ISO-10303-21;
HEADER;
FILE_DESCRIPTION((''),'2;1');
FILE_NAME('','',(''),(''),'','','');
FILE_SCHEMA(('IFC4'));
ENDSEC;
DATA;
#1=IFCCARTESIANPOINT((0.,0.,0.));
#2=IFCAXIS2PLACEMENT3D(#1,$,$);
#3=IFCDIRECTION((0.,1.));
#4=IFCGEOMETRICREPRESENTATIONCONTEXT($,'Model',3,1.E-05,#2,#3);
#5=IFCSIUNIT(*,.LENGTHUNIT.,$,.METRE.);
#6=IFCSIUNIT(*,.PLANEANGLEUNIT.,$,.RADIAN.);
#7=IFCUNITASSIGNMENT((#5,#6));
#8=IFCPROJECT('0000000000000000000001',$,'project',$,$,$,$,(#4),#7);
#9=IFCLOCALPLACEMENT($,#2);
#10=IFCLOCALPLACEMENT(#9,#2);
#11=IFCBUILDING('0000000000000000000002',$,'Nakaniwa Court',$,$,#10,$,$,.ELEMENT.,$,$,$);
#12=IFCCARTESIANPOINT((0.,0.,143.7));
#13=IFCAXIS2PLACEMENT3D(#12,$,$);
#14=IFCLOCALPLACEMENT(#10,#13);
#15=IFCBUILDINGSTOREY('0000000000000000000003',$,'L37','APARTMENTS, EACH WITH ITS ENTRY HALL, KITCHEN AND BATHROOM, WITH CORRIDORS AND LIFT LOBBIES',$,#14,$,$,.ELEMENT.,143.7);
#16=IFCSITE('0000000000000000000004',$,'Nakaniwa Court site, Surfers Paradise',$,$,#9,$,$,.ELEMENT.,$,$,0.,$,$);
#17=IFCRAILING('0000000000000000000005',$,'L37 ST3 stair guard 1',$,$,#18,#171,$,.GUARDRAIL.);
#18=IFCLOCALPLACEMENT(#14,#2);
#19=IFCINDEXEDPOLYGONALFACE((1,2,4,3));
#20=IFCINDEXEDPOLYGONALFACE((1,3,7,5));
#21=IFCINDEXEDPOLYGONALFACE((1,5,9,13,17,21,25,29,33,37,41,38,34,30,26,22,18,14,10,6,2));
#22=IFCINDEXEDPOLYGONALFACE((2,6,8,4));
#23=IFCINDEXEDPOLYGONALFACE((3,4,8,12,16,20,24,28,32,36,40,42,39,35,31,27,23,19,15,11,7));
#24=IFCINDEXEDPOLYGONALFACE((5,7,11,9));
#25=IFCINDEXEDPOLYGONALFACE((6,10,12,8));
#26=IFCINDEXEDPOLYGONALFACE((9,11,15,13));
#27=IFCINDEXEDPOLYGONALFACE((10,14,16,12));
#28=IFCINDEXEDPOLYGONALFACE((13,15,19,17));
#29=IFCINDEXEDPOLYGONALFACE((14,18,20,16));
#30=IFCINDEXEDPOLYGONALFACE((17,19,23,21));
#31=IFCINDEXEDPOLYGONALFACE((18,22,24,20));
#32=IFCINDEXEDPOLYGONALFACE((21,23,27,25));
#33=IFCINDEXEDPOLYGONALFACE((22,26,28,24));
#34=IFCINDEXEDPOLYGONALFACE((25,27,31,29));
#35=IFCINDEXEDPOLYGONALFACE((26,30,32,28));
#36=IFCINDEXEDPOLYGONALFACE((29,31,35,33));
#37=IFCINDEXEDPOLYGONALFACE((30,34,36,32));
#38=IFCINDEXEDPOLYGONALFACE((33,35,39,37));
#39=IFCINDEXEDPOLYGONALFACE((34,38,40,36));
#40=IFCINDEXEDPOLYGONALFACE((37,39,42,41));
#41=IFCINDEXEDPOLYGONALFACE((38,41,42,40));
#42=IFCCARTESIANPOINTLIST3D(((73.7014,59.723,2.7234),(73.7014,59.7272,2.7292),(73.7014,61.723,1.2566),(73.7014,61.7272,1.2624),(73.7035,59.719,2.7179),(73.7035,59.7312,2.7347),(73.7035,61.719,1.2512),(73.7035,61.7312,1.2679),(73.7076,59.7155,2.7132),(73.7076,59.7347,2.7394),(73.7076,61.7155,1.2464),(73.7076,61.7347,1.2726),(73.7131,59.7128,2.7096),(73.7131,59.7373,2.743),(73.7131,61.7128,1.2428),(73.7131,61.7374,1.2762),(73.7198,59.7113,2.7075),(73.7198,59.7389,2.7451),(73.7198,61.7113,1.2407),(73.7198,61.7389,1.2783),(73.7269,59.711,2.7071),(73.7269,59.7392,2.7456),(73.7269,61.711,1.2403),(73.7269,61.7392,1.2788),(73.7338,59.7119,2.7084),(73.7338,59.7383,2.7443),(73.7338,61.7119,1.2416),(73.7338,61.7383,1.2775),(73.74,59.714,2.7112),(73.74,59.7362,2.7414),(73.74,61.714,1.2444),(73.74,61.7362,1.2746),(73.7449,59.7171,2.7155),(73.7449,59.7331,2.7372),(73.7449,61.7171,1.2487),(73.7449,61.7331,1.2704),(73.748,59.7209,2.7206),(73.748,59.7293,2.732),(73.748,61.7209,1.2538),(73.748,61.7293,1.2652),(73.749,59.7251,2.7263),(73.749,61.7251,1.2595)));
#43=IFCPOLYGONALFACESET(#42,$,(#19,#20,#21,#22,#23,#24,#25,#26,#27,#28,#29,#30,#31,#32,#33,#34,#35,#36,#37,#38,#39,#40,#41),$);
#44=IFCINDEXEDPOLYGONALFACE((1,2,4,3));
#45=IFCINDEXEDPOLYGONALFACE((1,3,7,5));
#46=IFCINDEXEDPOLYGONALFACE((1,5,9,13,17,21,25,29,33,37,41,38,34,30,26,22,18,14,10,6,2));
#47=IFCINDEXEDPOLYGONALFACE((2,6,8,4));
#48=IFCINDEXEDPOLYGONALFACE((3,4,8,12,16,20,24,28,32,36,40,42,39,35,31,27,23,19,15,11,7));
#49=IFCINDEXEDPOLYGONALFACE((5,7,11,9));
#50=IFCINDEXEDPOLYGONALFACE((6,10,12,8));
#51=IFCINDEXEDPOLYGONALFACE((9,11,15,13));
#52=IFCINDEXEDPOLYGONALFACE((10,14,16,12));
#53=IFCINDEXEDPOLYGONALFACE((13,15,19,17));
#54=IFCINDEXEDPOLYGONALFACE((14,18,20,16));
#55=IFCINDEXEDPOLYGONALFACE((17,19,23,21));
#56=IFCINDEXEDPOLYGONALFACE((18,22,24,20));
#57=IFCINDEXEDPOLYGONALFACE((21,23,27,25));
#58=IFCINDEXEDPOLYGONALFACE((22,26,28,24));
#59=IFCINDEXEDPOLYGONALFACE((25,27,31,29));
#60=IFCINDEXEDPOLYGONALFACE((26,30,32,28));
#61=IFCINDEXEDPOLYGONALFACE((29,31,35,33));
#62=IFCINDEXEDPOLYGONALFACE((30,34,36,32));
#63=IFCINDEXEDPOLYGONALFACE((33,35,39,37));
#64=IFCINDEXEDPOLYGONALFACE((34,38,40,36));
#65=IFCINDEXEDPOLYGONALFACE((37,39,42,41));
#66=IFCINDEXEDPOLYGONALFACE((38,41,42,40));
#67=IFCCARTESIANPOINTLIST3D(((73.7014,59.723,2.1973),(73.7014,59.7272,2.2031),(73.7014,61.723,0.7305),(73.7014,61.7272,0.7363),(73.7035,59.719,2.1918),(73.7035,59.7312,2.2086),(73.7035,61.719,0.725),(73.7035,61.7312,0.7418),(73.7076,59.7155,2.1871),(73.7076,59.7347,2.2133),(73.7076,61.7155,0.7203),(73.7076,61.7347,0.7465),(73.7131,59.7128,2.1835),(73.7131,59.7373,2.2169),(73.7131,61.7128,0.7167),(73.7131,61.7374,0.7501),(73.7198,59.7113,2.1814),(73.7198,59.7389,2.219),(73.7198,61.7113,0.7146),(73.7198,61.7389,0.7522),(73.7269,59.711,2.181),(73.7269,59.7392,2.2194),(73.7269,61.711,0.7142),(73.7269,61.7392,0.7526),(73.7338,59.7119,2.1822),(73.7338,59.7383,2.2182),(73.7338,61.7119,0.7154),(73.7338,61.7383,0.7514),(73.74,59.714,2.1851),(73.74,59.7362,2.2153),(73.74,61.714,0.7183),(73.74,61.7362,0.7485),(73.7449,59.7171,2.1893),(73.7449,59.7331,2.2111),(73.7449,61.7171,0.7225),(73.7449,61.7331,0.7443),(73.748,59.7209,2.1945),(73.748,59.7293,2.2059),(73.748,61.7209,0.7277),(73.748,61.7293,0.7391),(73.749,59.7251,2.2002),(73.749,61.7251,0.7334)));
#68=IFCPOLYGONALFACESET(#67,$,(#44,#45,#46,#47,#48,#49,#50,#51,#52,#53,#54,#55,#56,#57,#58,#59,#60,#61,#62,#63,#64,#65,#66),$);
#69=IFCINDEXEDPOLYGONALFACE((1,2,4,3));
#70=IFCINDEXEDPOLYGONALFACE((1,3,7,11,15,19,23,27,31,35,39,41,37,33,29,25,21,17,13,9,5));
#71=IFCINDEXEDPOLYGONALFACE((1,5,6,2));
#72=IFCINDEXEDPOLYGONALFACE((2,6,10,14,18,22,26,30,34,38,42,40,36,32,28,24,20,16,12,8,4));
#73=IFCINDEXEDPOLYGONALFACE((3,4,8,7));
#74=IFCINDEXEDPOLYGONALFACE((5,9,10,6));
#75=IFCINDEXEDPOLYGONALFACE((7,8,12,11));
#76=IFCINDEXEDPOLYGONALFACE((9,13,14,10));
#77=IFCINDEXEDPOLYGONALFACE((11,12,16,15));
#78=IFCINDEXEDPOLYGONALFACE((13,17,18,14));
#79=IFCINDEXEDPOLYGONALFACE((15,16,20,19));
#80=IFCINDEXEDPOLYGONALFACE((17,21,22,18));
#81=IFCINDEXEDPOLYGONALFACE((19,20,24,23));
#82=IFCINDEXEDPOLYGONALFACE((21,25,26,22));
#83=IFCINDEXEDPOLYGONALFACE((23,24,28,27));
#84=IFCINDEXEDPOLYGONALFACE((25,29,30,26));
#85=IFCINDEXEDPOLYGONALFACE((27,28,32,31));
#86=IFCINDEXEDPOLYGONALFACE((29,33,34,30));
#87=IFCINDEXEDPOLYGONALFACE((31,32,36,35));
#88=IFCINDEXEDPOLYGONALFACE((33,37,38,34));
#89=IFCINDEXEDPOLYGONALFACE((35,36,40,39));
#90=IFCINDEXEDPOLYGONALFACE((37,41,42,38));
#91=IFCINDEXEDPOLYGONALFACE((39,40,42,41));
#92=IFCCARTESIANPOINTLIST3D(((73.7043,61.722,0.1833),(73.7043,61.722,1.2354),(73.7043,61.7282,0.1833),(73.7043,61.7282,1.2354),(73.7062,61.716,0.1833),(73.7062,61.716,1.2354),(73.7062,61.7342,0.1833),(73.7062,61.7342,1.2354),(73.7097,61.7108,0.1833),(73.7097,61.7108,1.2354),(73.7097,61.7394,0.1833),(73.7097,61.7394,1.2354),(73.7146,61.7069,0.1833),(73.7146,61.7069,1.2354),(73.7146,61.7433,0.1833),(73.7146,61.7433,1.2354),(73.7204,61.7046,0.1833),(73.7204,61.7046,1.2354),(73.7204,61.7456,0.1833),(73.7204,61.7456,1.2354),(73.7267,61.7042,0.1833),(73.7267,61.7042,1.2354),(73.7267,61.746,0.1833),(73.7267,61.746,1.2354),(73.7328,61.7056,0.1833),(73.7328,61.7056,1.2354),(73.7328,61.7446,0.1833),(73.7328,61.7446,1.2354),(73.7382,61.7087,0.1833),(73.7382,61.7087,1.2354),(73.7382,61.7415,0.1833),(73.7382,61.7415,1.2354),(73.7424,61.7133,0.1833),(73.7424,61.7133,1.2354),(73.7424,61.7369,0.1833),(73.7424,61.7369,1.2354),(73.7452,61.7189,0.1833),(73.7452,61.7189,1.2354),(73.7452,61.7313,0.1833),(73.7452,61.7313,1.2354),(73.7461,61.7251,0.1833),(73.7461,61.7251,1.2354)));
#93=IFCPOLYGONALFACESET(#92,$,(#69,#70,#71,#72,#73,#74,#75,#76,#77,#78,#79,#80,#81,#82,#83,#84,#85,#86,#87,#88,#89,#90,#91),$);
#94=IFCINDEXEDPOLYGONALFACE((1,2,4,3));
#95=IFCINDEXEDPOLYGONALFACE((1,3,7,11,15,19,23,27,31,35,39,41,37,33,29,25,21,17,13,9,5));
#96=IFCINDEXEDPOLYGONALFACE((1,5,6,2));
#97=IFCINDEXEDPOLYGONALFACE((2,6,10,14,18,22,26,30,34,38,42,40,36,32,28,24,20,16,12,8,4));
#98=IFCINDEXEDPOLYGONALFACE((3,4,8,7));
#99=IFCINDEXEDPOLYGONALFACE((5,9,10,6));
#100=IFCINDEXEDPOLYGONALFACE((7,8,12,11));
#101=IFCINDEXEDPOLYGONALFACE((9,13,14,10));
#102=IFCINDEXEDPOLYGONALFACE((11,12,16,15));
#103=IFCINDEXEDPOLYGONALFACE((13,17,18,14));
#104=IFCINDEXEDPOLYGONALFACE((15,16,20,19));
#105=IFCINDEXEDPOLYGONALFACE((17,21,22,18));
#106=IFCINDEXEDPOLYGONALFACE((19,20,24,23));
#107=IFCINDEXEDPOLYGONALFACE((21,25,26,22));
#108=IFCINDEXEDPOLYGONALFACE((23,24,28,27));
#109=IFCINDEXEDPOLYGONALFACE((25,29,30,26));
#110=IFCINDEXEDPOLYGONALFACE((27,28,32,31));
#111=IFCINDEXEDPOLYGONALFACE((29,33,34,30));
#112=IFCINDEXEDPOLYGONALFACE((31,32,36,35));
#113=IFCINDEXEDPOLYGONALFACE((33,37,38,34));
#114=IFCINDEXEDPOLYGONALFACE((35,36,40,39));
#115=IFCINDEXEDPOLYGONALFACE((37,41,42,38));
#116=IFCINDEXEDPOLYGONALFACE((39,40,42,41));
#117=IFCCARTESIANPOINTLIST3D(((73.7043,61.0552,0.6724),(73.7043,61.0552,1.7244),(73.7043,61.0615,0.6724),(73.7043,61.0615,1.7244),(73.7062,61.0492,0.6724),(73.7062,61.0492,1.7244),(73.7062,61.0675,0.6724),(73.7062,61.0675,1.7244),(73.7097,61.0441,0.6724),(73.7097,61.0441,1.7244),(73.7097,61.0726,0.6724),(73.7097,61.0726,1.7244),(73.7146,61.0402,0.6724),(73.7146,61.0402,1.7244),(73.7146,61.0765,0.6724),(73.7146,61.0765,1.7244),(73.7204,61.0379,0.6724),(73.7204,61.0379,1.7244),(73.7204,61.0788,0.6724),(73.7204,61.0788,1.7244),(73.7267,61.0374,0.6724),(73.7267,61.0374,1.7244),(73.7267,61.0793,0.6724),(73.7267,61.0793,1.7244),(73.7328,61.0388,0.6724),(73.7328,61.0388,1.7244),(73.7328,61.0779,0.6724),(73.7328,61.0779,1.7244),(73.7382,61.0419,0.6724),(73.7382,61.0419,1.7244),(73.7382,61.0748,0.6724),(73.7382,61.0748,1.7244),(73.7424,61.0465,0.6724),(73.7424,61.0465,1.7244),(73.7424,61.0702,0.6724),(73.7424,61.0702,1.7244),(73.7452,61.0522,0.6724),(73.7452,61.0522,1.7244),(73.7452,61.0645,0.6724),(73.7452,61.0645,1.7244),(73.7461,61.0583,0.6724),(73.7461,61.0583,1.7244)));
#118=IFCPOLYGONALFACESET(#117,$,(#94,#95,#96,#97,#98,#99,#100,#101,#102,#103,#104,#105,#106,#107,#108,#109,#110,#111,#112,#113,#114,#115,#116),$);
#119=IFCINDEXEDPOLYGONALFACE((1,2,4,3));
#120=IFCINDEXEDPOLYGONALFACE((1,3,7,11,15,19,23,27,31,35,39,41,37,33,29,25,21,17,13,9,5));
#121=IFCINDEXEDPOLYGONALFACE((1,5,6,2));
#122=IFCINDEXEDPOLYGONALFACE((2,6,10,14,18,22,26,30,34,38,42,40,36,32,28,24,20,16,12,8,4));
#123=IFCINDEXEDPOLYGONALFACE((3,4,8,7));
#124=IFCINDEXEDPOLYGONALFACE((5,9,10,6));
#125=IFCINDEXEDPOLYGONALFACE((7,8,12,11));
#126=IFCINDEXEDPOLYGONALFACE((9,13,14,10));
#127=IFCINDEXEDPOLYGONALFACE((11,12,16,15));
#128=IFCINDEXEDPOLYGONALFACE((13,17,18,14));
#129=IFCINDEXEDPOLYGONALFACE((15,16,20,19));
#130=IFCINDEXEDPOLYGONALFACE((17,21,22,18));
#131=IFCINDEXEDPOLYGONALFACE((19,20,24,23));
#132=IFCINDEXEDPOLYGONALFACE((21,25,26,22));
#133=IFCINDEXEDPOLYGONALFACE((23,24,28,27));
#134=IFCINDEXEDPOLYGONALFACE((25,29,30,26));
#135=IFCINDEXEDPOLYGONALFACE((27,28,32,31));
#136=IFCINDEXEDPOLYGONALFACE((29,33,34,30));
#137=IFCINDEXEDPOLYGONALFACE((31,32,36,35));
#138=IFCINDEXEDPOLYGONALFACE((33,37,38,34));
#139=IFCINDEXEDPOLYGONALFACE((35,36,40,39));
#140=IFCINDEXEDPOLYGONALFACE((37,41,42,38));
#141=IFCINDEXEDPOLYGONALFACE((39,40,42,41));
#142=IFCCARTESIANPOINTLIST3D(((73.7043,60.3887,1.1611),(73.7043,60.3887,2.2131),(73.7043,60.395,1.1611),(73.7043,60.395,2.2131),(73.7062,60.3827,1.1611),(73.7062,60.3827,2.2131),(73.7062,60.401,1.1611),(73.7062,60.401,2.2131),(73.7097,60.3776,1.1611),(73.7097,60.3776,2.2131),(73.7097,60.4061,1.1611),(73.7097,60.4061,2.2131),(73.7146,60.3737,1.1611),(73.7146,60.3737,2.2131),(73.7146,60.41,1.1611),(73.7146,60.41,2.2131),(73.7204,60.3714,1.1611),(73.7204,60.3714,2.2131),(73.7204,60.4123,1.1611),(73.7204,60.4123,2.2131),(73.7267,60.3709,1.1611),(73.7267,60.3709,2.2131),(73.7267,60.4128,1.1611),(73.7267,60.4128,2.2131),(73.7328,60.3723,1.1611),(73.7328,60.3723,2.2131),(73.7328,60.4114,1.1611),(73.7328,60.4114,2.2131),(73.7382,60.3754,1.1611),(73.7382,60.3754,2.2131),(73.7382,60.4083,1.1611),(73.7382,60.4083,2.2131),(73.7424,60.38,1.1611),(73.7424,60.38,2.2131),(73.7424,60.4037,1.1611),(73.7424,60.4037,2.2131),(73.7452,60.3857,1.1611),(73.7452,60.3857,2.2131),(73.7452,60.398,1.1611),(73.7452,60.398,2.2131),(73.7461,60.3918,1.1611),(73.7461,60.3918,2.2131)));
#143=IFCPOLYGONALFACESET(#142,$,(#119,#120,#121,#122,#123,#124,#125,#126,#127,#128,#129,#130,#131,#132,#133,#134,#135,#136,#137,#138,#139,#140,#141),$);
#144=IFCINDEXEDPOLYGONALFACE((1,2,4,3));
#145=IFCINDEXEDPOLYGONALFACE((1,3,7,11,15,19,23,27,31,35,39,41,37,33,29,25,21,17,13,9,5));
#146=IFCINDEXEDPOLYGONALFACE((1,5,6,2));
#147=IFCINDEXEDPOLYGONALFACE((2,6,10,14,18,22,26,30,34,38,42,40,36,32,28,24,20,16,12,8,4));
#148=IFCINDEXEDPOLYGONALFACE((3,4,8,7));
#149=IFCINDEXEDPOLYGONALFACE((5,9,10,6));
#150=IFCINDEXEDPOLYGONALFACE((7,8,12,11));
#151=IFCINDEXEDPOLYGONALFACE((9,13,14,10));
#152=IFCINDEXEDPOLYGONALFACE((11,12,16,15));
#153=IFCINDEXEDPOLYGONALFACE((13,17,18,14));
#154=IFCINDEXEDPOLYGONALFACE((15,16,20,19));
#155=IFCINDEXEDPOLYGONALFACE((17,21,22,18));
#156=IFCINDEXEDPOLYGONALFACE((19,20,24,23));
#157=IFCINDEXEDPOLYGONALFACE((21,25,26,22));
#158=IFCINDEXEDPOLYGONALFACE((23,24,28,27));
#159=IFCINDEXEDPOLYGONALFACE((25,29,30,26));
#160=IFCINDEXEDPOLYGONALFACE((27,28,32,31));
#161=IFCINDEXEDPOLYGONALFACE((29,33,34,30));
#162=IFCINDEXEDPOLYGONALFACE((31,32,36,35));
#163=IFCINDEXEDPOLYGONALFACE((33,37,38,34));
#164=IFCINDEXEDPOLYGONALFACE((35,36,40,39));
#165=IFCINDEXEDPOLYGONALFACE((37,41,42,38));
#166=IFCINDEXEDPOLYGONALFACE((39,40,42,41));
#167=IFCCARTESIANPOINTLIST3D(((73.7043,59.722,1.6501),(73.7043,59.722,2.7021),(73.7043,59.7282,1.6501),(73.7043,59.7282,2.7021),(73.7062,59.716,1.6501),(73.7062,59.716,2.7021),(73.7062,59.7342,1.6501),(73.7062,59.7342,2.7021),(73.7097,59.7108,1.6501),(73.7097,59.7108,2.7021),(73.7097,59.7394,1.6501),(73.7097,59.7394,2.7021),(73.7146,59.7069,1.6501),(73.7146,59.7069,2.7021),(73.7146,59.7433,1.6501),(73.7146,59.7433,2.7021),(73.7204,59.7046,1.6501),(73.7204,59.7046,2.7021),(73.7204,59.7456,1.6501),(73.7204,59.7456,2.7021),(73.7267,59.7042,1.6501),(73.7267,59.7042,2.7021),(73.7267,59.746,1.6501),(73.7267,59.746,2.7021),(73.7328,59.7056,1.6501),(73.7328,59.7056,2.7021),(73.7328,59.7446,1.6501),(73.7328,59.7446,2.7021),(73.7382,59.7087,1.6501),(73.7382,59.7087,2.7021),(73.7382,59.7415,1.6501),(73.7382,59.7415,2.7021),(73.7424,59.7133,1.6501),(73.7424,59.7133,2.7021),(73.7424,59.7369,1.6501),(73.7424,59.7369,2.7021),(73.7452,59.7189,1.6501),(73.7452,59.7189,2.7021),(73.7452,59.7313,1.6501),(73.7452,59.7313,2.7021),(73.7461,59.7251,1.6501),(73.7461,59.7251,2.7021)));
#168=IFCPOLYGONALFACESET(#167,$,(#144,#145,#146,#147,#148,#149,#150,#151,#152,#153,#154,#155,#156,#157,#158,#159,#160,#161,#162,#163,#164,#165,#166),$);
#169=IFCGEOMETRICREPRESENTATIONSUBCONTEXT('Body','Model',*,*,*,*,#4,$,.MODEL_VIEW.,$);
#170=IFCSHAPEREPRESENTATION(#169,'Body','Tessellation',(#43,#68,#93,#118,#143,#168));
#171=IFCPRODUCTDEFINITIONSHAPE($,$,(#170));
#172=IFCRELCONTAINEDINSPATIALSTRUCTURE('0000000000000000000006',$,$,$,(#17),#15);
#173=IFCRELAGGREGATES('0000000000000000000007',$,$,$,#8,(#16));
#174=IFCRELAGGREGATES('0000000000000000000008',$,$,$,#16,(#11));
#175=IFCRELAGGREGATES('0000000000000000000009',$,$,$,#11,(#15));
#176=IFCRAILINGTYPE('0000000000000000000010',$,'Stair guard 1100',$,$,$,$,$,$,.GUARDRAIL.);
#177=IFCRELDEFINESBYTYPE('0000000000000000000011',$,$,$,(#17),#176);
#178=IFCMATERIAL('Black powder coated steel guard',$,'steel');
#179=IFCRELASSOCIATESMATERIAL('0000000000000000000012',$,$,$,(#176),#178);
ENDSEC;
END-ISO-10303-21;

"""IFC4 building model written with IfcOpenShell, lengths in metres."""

from ifc_helpers import new_model, si_unit, direction, frame, origin, origin_2d, place, context, subcontext, project, spatial, circle, extrude, material, type_object, element, save


model = new_model("IFC4")

# Units and contexts
model_context = context("Model", 3, precision=1e-05, world=origin(), true_north=direction((0.0, 1.0)))
body_context = subcontext(model_context, "Body", "Model", "MODEL_VIEW")
ifc_project = project(units=[si_unit("LENGTHUNIT", "METRE"), si_unit("PLANEANGLEUNIT", "RADIAN")], contexts=[model_context])

# Site, building, storey
site_placement = place(None, origin())
site = spatial("IfcSite", under=ifc_project, at=site_placement, Name="Nakaniwa Court site, Surfers Paradise", CompositionType="ELEMENT", RefElevation=0.0)
building_placement = place(site_placement, origin())
building = spatial("IfcBuilding", under=site, at=building_placement, Name="Nakaniwa Court", CompositionType="ELEMENT")
storey_placement = place(building_placement, frame((0.0, 0.0, 143.7)))
storey = spatial("IfcBuildingStorey", under=building, at=storey_placement, Name="L37", Description="APARTMENTS, EACH WITH ITS ENTRY HALL, KITCHEN AND BATHROOM, WITH CORRIDORS AND LIFT LOBBIES", CompositionType="ELEMENT", Elevation=143.7)

# Railing
ifc_material_1 = material(Name="Black powder coated steel guard", Category="steel")
railing_type_1 = type_object("IfcRailingType", Name="Stair guard 1100", PredefinedType="GUARDRAIL", material=ifc_material_1)
railing_1_placement = place(storey_placement, frame((73.7251, 61.7251, 0.1833)))
element("IfcRailing", 1, at=railing_1_placement, inside=storey, type_object=railing_type_1, Name="L37 ST3 stair guard 1", PredefinedType="GUARDRAIL", context=body_context, shape_type="SweptSolid", body=[
    extrude(circle(Radius=0.0239, at=origin_2d()), frame((0.0, 0.0, 1.0762), z_axis=(0.0, -0.80638, 0.591398), x_axis=(1.0, 0.0, 0.0)), (0.0, 0.0, 1.0), 2.4802),
    extrude(circle(Radius=0.0239, at=origin_2d()), frame((0.0, 0.0, 0.55), z_axis=(0.0, -0.80638, 0.591398), x_axis=(1.0, 0.0, 0.0)), (0.0, 0.0, 1.0), 2.4802),
    extrude(circle(Radius=0.021, at=origin_2d()), origin(), (0.0, 0.0, 1.0), 1.052),
    extrude(circle(Radius=0.021, at=origin_2d()), frame((0.0, -0.6667, 0.489)), (0.0, 0.0, 1.0), 1.052),
    extrude(circle(Radius=0.021, at=origin_2d()), frame((0.0, -1.3333, 0.9778)), (0.0, 0.0, 1.0), 1.052),
    extrude(circle(Radius=0.021, at=origin_2d()), frame((0.0, -2.0, 1.4668)), (0.0, 0.0, 1.0), 1.052),
])

save(model, "model.ifc")
